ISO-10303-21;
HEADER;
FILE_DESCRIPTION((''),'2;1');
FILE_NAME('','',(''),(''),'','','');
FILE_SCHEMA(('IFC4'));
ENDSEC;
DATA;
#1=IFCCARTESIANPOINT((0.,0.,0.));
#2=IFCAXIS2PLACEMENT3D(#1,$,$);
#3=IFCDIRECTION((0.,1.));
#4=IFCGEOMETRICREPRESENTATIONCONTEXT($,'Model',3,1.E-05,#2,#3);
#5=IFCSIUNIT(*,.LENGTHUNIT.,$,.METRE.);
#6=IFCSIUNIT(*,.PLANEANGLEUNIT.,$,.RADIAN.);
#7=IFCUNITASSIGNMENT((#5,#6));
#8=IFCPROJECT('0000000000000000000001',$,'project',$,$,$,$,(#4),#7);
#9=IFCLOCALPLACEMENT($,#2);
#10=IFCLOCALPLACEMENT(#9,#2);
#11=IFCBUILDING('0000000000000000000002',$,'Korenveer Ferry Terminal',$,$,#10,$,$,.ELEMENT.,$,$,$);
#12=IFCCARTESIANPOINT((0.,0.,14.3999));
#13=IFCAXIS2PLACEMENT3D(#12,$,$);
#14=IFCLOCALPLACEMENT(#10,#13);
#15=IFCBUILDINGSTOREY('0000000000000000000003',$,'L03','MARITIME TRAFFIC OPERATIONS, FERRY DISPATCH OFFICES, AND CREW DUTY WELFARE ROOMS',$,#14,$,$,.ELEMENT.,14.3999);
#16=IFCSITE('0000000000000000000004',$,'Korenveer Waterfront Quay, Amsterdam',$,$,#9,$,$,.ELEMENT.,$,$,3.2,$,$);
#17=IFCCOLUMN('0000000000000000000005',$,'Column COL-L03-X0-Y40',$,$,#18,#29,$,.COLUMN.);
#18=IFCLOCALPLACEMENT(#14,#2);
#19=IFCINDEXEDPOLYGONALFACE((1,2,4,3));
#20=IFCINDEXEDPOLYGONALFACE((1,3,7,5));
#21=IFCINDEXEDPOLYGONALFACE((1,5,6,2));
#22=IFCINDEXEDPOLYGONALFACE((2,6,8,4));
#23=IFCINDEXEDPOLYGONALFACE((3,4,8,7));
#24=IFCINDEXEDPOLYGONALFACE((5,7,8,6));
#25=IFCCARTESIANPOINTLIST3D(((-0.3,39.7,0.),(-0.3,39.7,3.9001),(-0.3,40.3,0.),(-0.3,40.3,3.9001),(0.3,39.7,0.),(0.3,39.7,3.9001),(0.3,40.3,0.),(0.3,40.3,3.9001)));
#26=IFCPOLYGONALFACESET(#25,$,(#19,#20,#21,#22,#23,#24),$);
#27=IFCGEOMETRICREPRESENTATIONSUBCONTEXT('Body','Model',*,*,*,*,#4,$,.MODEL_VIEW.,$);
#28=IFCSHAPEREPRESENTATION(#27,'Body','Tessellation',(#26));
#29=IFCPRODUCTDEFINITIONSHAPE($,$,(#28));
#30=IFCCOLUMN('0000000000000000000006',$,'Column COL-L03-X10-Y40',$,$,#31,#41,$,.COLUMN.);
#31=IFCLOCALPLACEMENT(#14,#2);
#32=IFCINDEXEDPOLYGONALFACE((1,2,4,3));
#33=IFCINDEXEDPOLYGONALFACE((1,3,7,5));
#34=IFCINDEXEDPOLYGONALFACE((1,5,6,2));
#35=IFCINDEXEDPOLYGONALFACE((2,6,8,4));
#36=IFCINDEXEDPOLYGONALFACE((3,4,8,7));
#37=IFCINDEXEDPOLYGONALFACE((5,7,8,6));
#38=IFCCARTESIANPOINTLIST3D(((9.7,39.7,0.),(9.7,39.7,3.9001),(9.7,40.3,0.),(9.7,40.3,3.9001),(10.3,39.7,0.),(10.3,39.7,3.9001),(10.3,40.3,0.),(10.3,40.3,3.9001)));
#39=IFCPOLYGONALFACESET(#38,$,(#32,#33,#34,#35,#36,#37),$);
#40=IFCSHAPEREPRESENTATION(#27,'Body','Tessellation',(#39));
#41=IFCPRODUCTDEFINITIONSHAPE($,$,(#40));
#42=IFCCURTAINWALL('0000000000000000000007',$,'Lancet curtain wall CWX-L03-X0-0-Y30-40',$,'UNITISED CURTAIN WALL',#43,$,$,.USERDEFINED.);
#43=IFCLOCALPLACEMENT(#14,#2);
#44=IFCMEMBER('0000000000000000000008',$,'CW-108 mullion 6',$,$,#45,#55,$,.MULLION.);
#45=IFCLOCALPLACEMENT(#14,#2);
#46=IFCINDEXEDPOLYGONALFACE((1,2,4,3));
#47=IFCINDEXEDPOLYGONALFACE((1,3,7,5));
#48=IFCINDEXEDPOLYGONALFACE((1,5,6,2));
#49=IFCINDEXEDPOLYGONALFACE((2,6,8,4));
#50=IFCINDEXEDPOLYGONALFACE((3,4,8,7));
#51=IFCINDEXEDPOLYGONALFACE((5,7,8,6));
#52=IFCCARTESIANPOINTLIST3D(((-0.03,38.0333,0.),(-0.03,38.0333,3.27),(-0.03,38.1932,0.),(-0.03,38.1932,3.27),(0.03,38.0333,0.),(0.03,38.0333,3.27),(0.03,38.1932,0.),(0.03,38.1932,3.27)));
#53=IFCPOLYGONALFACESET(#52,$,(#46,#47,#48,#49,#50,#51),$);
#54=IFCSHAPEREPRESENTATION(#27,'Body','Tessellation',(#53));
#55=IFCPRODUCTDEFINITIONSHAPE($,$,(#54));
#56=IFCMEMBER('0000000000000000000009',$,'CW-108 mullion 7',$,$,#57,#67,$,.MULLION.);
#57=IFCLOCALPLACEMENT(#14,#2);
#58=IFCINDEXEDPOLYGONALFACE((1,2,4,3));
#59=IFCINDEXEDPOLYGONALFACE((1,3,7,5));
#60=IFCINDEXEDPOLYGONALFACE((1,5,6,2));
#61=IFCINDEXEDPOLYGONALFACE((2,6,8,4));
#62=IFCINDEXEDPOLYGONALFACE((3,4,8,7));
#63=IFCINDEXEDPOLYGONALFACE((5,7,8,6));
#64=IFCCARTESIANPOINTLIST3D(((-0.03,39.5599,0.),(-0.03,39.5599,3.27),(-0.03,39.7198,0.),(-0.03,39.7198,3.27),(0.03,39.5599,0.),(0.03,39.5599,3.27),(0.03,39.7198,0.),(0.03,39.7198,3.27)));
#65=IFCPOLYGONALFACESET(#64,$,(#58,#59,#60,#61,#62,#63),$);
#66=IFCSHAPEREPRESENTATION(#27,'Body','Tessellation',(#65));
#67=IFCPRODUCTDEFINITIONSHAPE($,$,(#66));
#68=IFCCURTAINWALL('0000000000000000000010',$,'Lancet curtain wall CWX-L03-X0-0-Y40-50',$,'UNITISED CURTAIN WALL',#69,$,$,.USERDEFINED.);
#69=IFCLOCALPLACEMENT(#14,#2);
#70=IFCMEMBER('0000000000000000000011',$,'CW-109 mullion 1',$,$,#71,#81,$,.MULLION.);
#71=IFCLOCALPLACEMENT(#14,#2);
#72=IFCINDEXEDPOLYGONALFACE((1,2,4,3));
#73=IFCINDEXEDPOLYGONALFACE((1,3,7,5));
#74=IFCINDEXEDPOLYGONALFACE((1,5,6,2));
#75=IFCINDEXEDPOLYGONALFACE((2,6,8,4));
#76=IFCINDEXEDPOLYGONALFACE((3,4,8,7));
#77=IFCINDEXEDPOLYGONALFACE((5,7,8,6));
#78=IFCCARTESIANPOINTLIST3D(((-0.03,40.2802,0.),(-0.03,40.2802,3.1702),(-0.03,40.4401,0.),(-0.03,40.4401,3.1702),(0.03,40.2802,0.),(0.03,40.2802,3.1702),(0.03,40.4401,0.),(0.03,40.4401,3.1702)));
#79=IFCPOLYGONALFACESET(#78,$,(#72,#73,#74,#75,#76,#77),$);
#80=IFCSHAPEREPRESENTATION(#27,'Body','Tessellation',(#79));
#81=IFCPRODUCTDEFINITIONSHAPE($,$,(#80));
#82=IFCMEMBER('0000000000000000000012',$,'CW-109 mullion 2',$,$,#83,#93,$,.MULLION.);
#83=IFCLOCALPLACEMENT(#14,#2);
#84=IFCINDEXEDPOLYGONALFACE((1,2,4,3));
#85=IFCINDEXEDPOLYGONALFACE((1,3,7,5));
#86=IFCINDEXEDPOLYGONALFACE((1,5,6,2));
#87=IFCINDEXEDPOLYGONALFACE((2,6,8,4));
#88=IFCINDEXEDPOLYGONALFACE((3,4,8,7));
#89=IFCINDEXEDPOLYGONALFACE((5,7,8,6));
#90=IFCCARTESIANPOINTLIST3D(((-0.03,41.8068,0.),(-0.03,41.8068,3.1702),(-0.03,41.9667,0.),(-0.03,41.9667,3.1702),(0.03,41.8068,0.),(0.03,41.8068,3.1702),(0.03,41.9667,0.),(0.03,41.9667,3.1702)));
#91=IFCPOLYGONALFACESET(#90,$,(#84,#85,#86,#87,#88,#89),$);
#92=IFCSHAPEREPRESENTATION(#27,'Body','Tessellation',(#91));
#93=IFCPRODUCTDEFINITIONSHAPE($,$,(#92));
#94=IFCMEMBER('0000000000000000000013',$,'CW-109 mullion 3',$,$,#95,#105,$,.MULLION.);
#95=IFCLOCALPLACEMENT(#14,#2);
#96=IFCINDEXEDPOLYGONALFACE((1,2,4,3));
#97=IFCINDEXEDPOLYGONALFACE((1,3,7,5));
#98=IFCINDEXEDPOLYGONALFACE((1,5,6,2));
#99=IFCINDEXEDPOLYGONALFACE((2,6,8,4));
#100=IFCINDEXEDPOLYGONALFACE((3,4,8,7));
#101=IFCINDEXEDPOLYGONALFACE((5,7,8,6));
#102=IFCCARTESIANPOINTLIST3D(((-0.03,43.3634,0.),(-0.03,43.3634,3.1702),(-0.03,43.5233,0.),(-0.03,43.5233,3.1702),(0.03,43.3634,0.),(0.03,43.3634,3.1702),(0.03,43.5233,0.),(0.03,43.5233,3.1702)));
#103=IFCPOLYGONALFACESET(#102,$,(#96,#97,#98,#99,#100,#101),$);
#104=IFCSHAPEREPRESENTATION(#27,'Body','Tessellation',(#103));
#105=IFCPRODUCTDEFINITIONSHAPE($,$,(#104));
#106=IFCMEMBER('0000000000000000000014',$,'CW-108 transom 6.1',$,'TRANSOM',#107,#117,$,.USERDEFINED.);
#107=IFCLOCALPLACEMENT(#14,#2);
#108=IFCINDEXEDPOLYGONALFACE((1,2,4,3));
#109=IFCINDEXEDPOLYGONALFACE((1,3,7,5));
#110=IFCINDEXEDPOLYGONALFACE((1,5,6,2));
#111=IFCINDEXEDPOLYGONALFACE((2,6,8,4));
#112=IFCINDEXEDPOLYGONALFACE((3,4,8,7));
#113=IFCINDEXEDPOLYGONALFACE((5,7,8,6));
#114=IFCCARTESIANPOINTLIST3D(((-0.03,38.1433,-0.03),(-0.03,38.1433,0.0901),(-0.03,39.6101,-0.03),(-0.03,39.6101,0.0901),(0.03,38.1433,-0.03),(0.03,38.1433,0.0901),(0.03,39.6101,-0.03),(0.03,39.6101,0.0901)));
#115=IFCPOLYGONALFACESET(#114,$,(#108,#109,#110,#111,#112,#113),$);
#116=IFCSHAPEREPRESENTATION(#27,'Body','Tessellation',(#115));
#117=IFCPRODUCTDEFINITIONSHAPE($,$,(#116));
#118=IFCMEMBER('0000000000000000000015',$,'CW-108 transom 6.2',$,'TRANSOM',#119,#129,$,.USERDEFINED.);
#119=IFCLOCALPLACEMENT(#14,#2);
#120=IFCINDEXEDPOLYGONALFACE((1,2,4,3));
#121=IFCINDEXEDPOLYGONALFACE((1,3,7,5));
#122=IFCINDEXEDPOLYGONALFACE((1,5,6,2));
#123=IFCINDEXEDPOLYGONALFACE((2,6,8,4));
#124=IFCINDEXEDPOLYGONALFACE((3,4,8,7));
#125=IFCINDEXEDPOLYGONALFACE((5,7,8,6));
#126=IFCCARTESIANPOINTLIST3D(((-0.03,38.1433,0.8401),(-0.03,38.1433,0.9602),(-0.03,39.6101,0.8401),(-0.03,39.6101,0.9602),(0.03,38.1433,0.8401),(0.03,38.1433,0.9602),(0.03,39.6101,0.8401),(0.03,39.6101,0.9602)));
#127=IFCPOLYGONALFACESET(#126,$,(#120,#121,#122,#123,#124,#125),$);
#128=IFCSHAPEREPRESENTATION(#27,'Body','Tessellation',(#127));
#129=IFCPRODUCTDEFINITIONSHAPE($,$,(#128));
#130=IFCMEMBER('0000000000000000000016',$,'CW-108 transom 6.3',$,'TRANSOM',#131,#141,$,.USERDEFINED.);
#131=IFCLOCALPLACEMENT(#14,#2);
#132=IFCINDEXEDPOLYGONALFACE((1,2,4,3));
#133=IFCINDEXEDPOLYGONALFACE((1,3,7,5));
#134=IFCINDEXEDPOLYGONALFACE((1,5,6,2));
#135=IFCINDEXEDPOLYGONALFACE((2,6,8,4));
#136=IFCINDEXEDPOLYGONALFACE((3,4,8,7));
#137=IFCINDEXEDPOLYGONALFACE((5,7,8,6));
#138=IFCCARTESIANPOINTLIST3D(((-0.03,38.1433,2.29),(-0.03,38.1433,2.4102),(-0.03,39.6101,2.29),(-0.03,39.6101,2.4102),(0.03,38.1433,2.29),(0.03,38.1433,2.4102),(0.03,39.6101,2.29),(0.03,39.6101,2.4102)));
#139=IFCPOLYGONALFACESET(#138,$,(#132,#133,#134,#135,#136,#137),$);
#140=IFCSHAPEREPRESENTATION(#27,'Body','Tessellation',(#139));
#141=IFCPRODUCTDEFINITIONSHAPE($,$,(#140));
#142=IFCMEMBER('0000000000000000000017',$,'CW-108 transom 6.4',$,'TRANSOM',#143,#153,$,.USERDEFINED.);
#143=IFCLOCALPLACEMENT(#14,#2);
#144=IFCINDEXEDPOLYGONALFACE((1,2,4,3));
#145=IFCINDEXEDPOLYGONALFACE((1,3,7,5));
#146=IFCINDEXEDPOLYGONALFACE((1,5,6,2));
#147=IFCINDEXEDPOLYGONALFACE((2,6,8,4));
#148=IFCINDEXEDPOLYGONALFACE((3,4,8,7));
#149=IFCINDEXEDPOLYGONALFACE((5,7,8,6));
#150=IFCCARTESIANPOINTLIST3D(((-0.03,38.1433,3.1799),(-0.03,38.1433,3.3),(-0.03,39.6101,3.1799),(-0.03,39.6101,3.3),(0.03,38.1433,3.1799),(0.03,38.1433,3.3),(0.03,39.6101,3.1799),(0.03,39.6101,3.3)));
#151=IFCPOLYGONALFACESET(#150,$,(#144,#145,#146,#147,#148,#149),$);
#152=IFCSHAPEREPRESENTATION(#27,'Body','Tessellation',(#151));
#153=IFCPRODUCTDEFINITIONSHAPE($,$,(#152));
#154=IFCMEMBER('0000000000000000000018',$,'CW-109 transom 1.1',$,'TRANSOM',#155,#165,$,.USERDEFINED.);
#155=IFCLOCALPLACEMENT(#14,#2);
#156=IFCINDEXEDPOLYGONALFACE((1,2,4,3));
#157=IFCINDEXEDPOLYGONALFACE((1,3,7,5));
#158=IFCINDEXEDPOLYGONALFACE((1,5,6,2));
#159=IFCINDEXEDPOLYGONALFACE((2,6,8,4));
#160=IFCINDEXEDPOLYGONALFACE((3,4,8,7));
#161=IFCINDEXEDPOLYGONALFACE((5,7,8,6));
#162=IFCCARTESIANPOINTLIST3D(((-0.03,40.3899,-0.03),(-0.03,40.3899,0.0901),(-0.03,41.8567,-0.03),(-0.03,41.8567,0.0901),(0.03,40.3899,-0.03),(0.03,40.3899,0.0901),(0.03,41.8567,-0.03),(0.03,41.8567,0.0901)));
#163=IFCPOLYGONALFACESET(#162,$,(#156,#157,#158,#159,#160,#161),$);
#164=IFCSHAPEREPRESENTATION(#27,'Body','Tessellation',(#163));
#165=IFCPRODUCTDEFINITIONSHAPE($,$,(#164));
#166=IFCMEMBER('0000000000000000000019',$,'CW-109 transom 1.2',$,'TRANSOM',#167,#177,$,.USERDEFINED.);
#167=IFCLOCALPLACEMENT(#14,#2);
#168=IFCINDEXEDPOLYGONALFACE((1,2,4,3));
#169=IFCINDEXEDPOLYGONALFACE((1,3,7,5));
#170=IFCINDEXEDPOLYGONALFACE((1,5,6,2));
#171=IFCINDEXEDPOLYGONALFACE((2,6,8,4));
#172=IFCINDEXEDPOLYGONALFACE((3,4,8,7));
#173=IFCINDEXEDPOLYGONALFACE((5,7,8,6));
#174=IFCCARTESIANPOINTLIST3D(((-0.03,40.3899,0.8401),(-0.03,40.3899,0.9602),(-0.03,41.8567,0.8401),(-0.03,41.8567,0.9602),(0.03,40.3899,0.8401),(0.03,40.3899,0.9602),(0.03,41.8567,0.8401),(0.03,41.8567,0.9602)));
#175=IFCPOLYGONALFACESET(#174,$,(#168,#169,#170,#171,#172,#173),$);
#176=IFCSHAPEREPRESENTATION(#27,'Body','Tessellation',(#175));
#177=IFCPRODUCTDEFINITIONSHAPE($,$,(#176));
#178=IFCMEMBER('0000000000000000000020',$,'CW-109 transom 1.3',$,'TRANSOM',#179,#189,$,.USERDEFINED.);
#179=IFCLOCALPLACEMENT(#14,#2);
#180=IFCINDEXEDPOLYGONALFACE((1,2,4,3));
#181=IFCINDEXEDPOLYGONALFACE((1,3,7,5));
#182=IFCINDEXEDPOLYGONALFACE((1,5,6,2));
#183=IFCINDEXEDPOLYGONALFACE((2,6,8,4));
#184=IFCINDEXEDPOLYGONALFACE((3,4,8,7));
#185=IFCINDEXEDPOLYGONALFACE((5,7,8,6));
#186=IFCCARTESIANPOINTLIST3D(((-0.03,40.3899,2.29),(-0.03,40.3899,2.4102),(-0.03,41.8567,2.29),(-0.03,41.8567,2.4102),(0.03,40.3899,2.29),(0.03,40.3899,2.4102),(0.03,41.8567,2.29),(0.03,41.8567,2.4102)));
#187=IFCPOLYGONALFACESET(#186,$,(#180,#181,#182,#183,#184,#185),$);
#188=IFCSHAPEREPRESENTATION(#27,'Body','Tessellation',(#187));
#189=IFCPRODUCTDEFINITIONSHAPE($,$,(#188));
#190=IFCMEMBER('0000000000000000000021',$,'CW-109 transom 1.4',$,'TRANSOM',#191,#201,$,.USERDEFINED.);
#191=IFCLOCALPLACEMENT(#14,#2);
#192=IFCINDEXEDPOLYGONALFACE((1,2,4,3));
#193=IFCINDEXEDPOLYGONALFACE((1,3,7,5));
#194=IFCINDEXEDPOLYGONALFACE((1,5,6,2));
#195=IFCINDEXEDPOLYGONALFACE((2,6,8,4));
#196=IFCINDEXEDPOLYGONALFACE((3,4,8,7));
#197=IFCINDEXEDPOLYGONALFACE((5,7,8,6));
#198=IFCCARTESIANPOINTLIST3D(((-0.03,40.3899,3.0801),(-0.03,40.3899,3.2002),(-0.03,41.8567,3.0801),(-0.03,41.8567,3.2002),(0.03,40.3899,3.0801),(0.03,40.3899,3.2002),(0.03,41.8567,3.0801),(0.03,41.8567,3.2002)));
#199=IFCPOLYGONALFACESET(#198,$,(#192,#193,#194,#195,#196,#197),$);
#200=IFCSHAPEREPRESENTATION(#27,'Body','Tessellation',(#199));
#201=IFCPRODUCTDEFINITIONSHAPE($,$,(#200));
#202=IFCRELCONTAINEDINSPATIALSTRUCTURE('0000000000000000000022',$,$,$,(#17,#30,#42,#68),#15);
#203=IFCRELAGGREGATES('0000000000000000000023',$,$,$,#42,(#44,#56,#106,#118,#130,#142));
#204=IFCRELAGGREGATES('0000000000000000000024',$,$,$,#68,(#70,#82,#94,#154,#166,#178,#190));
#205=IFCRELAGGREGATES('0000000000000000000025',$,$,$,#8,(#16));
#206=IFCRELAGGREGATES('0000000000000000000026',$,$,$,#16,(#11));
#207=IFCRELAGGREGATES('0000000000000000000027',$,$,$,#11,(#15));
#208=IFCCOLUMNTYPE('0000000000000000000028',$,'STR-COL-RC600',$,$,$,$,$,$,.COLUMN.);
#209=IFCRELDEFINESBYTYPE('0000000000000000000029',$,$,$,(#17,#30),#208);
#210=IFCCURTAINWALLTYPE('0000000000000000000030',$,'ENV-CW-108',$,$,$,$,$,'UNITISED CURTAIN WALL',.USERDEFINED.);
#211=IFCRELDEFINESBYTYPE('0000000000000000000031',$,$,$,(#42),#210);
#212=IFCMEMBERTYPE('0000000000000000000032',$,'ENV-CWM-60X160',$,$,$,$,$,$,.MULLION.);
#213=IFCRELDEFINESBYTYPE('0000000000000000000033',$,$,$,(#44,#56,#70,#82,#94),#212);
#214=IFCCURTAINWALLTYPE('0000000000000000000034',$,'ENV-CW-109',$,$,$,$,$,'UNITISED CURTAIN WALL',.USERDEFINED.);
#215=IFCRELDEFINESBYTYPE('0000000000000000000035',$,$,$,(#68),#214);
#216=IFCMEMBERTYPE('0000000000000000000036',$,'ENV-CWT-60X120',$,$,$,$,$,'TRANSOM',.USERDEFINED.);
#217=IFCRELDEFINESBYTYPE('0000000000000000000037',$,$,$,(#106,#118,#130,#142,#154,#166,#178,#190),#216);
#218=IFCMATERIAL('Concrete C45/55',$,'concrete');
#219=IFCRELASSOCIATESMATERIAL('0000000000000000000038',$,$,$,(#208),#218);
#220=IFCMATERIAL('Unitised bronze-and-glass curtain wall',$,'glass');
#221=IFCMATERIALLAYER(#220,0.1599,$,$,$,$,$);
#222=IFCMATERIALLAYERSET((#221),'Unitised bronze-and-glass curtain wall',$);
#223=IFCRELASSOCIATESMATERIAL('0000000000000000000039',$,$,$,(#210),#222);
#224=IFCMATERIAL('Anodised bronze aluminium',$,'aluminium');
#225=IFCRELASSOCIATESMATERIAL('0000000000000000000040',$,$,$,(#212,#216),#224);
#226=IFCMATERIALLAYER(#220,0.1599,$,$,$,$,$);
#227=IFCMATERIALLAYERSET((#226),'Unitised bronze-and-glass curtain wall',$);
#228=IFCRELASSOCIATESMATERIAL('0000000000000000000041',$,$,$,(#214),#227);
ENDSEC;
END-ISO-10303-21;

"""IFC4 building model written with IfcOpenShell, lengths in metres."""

from ifc_helpers import new_model, si_unit, direction, frame, origin, origin_2d, place, context, subcontext, project, spatial, rectangle, extrude, material, layer, layer_set, material_profile, profile_set, type_object, element, aggregate, save


model = new_model("IFC4")

# Units and contexts
model_context = context("Model", 3, precision=1e-05, world=origin(), true_north=direction((0.0, 1.0)))
body_context = subcontext(model_context, "Body", "Model", "MODEL_VIEW")
ifc_project = project(units=[si_unit("LENGTHUNIT", "METRE"), si_unit("PLANEANGLEUNIT", "RADIAN")], contexts=[model_context])

# Site, building, storey
site_placement = place(None, origin())
site = spatial("IfcSite", under=ifc_project, at=site_placement, Name="Korenveer Waterfront Quay, Amsterdam", CompositionType="ELEMENT", RefElevation=3.2)
building_placement = place(site_placement, origin())
building = spatial("IfcBuilding", under=site, at=building_placement, Name="Korenveer Ferry Terminal", CompositionType="ELEMENT")
storey_placement = place(building_placement, frame((0.0, 0.0, 14.3999)))
storey = spatial("IfcBuildingStorey", under=building, at=storey_placement, Name="L03", Description="MARITIME TRAFFIC OPERATIONS, FERRY DISPATCH OFFICES, AND CREW DUTY WELFARE ROOMS", CompositionType="ELEMENT", Elevation=14.3999)

# Columns
ifc_material_1 = material(Name="Concrete C45/55", Category="concrete")
ifc_material_profile_1 = material_profile(ifc_material_1, rectangle(XDim=0.6001, YDim=0.6001, at=origin_2d()), Name="RC 600x600")
ifc_profile_set_1 = profile_set([ifc_material_profile_1], Name="Concrete C45/55")
column_type = type_object("IfcColumnType", Name="STR-COL-RC600", PredefinedType="COLUMN", material=ifc_profile_set_1)
for number, where, z_axis, x_axis, name in (
    (1, (0.0, 40.0, 0.0), (0.0, 0.0, 1.0), (1.0, 0.0, 0.0), "Column COL-L03-X0-Y40"),
    (2, (10.0, 40.0, 0.0), (0.0, 0.0, 1.0), (1.0, 0.0, 0.0), "Column COL-L03-X10-Y40"),
):
    element("IfcColumn", number, at=place(storey_placement, frame(where, z_axis=z_axis, x_axis=x_axis)), inside=storey, type_object=column_type, Name=name, PredefinedType="COLUMN", context=body_context, shape_type="SweptSolid", body=[
        extrude(rectangle(XDim=0.6001, YDim=0.6001, at=origin_2d()), origin(), (0.0, 0.0, 1.0), 3.9001),
    ])

# Curtain walls, members
ifc_material_2 = material(Name="Unitised bronze-and-glass curtain wall", Category="glass")
ifc_layer_1 = layer(ifc_material_2, 0.1599)
ifc_layer_set_1 = layer_set([ifc_layer_1], Name="Unitised bronze-and-glass curtain wall")
curtain_wall_type_1 = type_object("IfcCurtainWallType", Name="ENV-CW-108", ElementType="UNITISED CURTAIN WALL", PredefinedType="USERDEFINED", material=ifc_layer_set_1)
curtain_wall_1_placement = place(storey_placement, frame((0.0, 30.3301, 0.0)))
curtain_wall_1 = element("IfcCurtainWall", 3, at=curtain_wall_1_placement, inside=storey, type_object=curtain_wall_type_1, Name="Lancet curtain wall CWX-L03-X0-0-Y30-40", ObjectType="UNITISED CURTAIN WALL", PredefinedType="USERDEFINED")
ifc_material_3 = material(Name="Anodised bronze aluminium", Category="aluminium")
ifc_material_profile_2 = material_profile(ifc_material_3, rectangle(XDim=0.0601, YDim=0.1599, at=origin_2d()), Name="ALU 60x160")
ifc_profile_set_2 = profile_set([ifc_material_profile_2], Name="Anodised bronze aluminium")
member_type_1 = type_object("IfcMemberType", Name="ENV-CWM-60X160", PredefinedType="MULLION", material=ifc_profile_set_2)
member_1_placement = place(storey_placement, frame((0.0, 38.1133, 0.0), z_axis=(0.0, 0.0, 1.0), x_axis=(-1.0, 0.0, 0.0)))
member_1 = element("IfcMember", 4, at=member_1_placement, type_object=member_type_1, Name="CW-108 mullion 6", PredefinedType="MULLION", context=body_context, shape_type="SweptSolid", body=[
    extrude(rectangle(XDim=0.0601, YDim=0.1599, at=origin_2d()), origin(), (0.0, 0.0, 1.0), 3.27),
])
member_2_placement = place(storey_placement, frame((0.0, 39.6399, 0.0), z_axis=(0.0, 0.0, 1.0), x_axis=(-1.0, 0.0, 0.0)))
member_2 = element("IfcMember", 5, at=member_2_placement, type_object=member_type_1, Name="CW-108 mullion 7", PredefinedType="MULLION", context=body_context, shape_type="SweptSolid", body=[
    extrude(rectangle(XDim=0.0601, YDim=0.1599, at=origin_2d()), origin(), (0.0, 0.0, 1.0), 3.27),
])
ifc_layer_2 = layer(ifc_material_2, 0.1599)
ifc_layer_set_2 = layer_set([ifc_layer_2], Name="Unitised bronze-and-glass curtain wall")
curtain_wall_type_2 = type_object("IfcCurtainWallType", Name="ENV-CW-109", ElementType="UNITISED CURTAIN WALL", PredefinedType="USERDEFINED", material=ifc_layer_set_2)
curtain_wall_2_placement = place(storey_placement, frame((0.0, 40.3301, 0.0)))
curtain_wall_2 = element("IfcCurtainWall", 6, at=curtain_wall_2_placement, inside=storey, type_object=curtain_wall_type_2, Name="Lancet curtain wall CWX-L03-X0-0-Y40-50", ObjectType="UNITISED CURTAIN WALL", PredefinedType="USERDEFINED")
member_3_placement = place(storey_placement, frame((0.0, 40.3601, 0.0), z_axis=(0.0, 0.0, 1.0), x_axis=(-1.0, 0.0, 0.0)))
member_3 = element("IfcMember", 7, at=member_3_placement, type_object=member_type_1, Name="CW-109 mullion 1", PredefinedType="MULLION", context=body_context, shape_type="SweptSolid", body=[
    extrude(rectangle(XDim=0.0601, YDim=0.1599, at=origin_2d()), origin(), (0.0, 0.0, 1.0), 3.1702),
])
member_4_placement = place(storey_placement, frame((0.0, 41.8867, 0.0), z_axis=(0.0, 0.0, 1.0), x_axis=(-1.0, 0.0, 0.0)))
member_4 = element("IfcMember", 8, at=member_4_placement, type_object=member_type_1, Name="CW-109 mullion 2", PredefinedType="MULLION", context=body_context, shape_type="SweptSolid", body=[
    extrude(rectangle(XDim=0.0601, YDim=0.1599, at=origin_2d()), origin(), (0.0, 0.0, 1.0), 3.1702),
])
member_5_placement = place(storey_placement, frame((0.0, 43.4434, 0.0), z_axis=(0.0, 0.0, 1.0), x_axis=(-1.0, 0.0, 0.0)))
member_5 = element("IfcMember", 9, at=member_5_placement, type_object=member_type_1, Name="CW-109 mullion 3", PredefinedType="MULLION", context=body_context, shape_type="SweptSolid", body=[
    extrude(rectangle(XDim=0.0601, YDim=0.1599, at=origin_2d()), origin(), (0.0, 0.0, 1.0), 3.1702),
])

# Members
ifc_material_profile_3 = material_profile(ifc_material_3, rectangle(XDim=0.0601, YDim=0.1201, at=origin_2d()), Name="ALU 60x120")
ifc_profile_set_3 = profile_set([ifc_material_profile_3], Name="Anodised bronze aluminium")
member_type_2 = type_object("IfcMemberType", Name="ENV-CWT-60X120", ElementType="TRANSOM", PredefinedType="USERDEFINED", material=ifc_profile_set_3)
member_6_placement = place(storey_placement, frame((0.0, 38.1433, 0.03), z_axis=(0.0, 1.0, 0.0), x_axis=(-1.0, 0.0, 0.0)))
member_6 = element("IfcMember", 10, at=member_6_placement, type_object=member_type_2, Name="CW-108 transom 6.1", ObjectType="TRANSOM", PredefinedType="USERDEFINED", context=body_context, shape_type="SweptSolid", body=[
    extrude(rectangle(XDim=0.0601, YDim=0.1201, at=origin_2d()), origin(), (0.0, 0.0, 1.0), 1.4668),
])
member_7_placement = place(storey_placement, frame((0.0, 38.1433, 0.9001), z_axis=(0.0, 1.0, 0.0), x_axis=(-1.0, 0.0, 0.0)))
member_7 = element("IfcMember", 11, at=member_7_placement, type_object=member_type_2, Name="CW-108 transom 6.2", ObjectType="TRANSOM", PredefinedType="USERDEFINED", context=body_context, shape_type="SweptSolid", body=[
    extrude(rectangle(XDim=0.0601, YDim=0.1201, at=origin_2d()), origin(), (0.0, 0.0, 1.0), 1.4668),
])
member_8_placement = place(storey_placement, frame((0.0, 38.1433, 2.3501), z_axis=(0.0, 1.0, 0.0), x_axis=(-1.0, 0.0, 0.0)))
member_8 = element("IfcMember", 12, at=member_8_placement, type_object=member_type_2, Name="CW-108 transom 6.3", ObjectType="TRANSOM", PredefinedType="USERDEFINED", context=body_context, shape_type="SweptSolid", body=[
    extrude(rectangle(XDim=0.0601, YDim=0.1201, at=origin_2d()), origin(), (0.0, 0.0, 1.0), 1.4668),
])
member_9_placement = place(storey_placement, frame((0.0, 38.1433, 3.24), z_axis=(0.0, 1.0, 0.0), x_axis=(-1.0, 0.0, 0.0)))
member_9 = element("IfcMember", 13, at=member_9_placement, type_object=member_type_2, Name="CW-108 transom 6.4", ObjectType="TRANSOM", PredefinedType="USERDEFINED", context=body_context, shape_type="SweptSolid", body=[
    extrude(rectangle(XDim=0.0601, YDim=0.1201, at=origin_2d()), origin(), (0.0, 0.0, 1.0), 1.4668),
])
member_10_placement = place(storey_placement, frame((0.0, 40.3899, 0.03), z_axis=(0.0, 1.0, 0.0), x_axis=(-1.0, 0.0, 0.0)))
member_10 = element("IfcMember", 14, at=member_10_placement, type_object=member_type_2, Name="CW-109 transom 1.1", ObjectType="TRANSOM", PredefinedType="USERDEFINED", context=body_context, shape_type="SweptSolid", body=[
    extrude(rectangle(XDim=0.0601, YDim=0.1201, at=origin_2d()), origin(), (0.0, 0.0, 1.0), 1.4668),
])
member_11_placement = place(storey_placement, frame((0.0, 40.3899, 0.9001), z_axis=(0.0, 1.0, 0.0), x_axis=(-1.0, 0.0, 0.0)))
member_11 = element("IfcMember", 15, at=member_11_placement, type_object=member_type_2, Name="CW-109 transom 1.2", ObjectType="TRANSOM", PredefinedType="USERDEFINED", context=body_context, shape_type="SweptSolid", body=[
    extrude(rectangle(XDim=0.0601, YDim=0.1201, at=origin_2d()), origin(), (0.0, 0.0, 1.0), 1.4668),
])
member_12_placement = place(storey_placement, frame((0.0, 40.3899, 2.3501), z_axis=(0.0, 1.0, 0.0), x_axis=(-1.0, 0.0, 0.0)))
member_12 = element("IfcMember", 16, at=member_12_placement, type_object=member_type_2, Name="CW-109 transom 1.3", ObjectType="TRANSOM", PredefinedType="USERDEFINED", context=body_context, shape_type="SweptSolid", body=[
    extrude(rectangle(XDim=0.0601, YDim=0.1201, at=origin_2d()), origin(), (0.0, 0.0, 1.0), 1.4668),
])
member_13_placement = place(storey_placement, frame((0.0, 40.3899, 3.1401), z_axis=(0.0, 1.0, 0.0), x_axis=(-1.0, 0.0, 0.0)))
member_13 = element("IfcMember", 17, at=member_13_placement, type_object=member_type_2, Name="CW-109 transom 1.4", ObjectType="TRANSOM", PredefinedType="USERDEFINED", context=body_context, shape_type="SweptSolid", body=[
    extrude(rectangle(XDim=0.0601, YDim=0.1201, at=origin_2d()), origin(), (0.0, 0.0, 1.0), 1.4668),
])

aggregate(curtain_wall_1, [member_1, member_2, member_6, member_7, member_8, member_9])
aggregate(curtain_wall_2, [member_3, member_4, member_5, member_10, member_11, member_12, member_13])

save(model, "model.ifc")
